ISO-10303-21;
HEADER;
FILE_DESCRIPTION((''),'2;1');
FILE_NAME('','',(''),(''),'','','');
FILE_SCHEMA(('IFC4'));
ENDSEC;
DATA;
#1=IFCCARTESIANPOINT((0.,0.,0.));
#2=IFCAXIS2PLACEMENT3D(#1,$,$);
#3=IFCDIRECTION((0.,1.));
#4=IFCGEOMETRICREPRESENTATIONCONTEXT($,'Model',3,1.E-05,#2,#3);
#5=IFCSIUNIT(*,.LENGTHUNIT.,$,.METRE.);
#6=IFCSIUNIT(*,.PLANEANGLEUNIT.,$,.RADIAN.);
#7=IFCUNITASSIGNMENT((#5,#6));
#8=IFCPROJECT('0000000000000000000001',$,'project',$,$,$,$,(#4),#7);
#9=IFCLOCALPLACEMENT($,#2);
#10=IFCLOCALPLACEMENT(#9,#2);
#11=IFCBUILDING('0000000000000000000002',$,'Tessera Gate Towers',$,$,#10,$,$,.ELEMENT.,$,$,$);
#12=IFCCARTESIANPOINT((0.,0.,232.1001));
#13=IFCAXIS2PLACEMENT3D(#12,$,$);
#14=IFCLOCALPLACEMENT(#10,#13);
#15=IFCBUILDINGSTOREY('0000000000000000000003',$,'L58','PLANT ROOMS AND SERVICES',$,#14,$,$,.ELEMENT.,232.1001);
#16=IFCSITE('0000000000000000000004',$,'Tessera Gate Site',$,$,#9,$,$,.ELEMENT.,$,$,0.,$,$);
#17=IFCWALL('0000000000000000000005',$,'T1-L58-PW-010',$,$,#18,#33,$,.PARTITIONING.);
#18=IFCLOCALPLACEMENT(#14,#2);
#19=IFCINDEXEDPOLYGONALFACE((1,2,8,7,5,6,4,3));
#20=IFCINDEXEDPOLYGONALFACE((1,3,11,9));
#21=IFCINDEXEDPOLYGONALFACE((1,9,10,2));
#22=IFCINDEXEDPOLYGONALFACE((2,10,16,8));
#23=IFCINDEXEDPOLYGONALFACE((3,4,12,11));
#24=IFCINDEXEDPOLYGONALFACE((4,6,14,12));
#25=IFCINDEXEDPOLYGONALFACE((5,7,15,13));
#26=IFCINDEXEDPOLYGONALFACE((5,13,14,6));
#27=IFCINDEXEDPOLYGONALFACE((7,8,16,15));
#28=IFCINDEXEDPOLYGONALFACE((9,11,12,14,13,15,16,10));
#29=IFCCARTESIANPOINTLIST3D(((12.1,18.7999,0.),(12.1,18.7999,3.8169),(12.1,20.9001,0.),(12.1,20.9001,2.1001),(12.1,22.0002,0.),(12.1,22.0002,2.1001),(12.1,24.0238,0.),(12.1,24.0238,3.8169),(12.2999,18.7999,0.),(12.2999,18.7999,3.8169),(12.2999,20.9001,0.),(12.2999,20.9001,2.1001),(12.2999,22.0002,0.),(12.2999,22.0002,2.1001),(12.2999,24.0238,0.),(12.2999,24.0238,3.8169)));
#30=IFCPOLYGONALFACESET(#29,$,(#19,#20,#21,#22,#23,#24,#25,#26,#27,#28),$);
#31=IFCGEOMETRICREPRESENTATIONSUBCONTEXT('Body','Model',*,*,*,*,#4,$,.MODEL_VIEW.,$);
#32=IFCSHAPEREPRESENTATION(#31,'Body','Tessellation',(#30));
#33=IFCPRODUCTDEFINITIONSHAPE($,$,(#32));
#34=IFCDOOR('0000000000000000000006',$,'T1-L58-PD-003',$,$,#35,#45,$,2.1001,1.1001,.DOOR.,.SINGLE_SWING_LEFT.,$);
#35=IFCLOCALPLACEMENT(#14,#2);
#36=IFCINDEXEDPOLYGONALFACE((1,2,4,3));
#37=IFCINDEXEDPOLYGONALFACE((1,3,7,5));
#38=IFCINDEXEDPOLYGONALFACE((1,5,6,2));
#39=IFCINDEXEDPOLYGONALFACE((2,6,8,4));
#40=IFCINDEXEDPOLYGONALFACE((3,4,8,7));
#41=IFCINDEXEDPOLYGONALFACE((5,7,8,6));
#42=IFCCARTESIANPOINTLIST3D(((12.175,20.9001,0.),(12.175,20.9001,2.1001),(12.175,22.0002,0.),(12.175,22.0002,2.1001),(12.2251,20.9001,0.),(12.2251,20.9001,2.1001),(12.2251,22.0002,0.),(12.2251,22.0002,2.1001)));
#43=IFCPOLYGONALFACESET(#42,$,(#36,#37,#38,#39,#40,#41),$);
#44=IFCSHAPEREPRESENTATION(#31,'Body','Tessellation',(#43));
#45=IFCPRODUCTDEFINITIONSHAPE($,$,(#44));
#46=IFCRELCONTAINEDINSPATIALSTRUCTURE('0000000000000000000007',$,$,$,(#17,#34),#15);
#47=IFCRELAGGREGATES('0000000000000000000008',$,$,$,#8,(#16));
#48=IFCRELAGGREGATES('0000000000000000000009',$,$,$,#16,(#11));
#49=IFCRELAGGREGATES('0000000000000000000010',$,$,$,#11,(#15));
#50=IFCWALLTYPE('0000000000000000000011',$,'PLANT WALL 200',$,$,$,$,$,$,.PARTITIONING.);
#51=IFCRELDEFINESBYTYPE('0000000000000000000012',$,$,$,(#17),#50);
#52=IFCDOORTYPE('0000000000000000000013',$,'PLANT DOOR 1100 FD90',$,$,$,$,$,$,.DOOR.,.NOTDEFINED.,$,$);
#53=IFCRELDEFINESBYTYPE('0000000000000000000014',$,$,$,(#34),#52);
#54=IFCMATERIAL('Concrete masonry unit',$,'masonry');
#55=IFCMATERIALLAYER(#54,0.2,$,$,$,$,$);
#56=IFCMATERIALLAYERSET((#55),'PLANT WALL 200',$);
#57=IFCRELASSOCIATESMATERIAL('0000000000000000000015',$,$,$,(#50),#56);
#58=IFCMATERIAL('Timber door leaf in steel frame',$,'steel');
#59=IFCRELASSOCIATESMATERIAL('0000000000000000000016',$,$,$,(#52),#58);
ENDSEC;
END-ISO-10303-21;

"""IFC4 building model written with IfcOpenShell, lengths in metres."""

from ifc_helpers import new_model, si_unit, direction, frame, frame_2d, origin, place, context, subcontext, project, spatial, rectangle, extrude, source, transform, mapped, material, layer, layer_set, type_object, element, fill, save


model = new_model("IFC4")

# Units and contexts
model_context = context("Model", 3, precision=1e-05, world=origin(), true_north=direction((0.0, 1.0)))
body_context = subcontext(model_context, "Body", "Model", "MODEL_VIEW")
ifc_project = project(units=[si_unit("LENGTHUNIT", "METRE"), si_unit("PLANEANGLEUNIT", "RADIAN")], contexts=[model_context])

# Site, building, storey
site_placement = place(None, origin())
site = spatial("IfcSite", under=ifc_project, at=site_placement, Name="Tessera Gate Site", CompositionType="ELEMENT", RefElevation=0.0)
building_placement = place(site_placement, origin())
building = spatial("IfcBuilding", under=site, at=building_placement, Name="Tessera Gate Towers", CompositionType="ELEMENT")
storey_placement = place(building_placement, frame((0.0, 0.0, 232.1001)))
storey = spatial("IfcBuildingStorey", under=building, at=storey_placement, Name="L58", Description="PLANT ROOMS AND SERVICES", CompositionType="ELEMENT", Elevation=232.1001)

# Wall, opening, door
ifc_material_1 = material(Name="Concrete masonry unit", Category="masonry")
ifc_layer_1 = layer(ifc_material_1, 0.2)
ifc_layer_set_1 = layer_set([ifc_layer_1], Name="PLANT WALL 200")
wall_type = type_object("IfcWallType", Name="PLANT WALL 200", PredefinedType="PARTITIONING", material=ifc_layer_set_1)
wall_placement = place(storey_placement, frame((12.2, 18.8, 0.0), z_axis=(0.0, 0.0, 1.0), x_axis=(0.0, 1.0, 0.0)))
wall = element("IfcWall", 1, at=wall_placement, inside=storey, type_object=wall_type, Name="T1-L58-PW-010", PredefinedType="PARTITIONING", context=body_context, shape_type="SweptSolid", body=[
    extrude(rectangle(XDim=5.2239, YDim=0.2, at=frame_2d((2.6118, 0.0))), origin(), (0.0, 0.0, 1.0), 3.8169),
])
shared_shape_1 = source(origin(), body_context, "Body", "SweptSolid", [
    extrude(rectangle(XDim=1.1001, YDim=2.1001, at=frame_2d((0.55, 1.05))), frame((0.0, 0.1099, 0.0), z_axis=(0.0, -1.0, 0.0), x_axis=(1.0, 0.0, 0.0)), (0.0, 0.0, 1.0), 0.22),
])
opening_placement = place(wall_placement, frame((2.1001, 0.0, 0.0)))
opening = element("IfcOpeningElement", 2, at=opening_placement, cuts=wall, PredefinedType="OPENING", context=body_context, shape_type="MappedRepresentation", body=[
    mapped(shared_shape_1, transform((0.0, 0.0, 0.0), scale=1.0)),
])
ifc_material_2 = material(Name="Timber door leaf in steel frame", Category="steel")
door_type = type_object("IfcDoorType", Name="PLANT DOOR 1100 FD90", OperationType="NOTDEFINED", PredefinedType="DOOR", material=ifc_material_2)
shared_shape_2 = source(origin(), body_context, "Body", "SweptSolid", [
    extrude(rectangle(XDim=1.1001, YDim=2.1001, at=frame_2d((0.55, 1.05))), frame((0.0, 0.0249, 0.0), z_axis=(0.0, -1.0, 0.0), x_axis=(1.0, 0.0, 0.0)), (0.0, 0.0, 1.0), 0.05),
])
door_placement = place(opening_placement, origin())
door = element("IfcDoor", 3, at=door_placement, inside=storey, type_object=door_type, Name="T1-L58-PD-003", OperationType="SINGLE_SWING_LEFT", OverallHeight=2.1001, OverallWidth=1.1001, PredefinedType="DOOR", context=body_context, shape_type="MappedRepresentation", body=[
    mapped(shared_shape_2, transform((0.0, 0.0, 0.0), scale=1.0)),
])
fill(opening, door)

save(model, "model.ifc")
